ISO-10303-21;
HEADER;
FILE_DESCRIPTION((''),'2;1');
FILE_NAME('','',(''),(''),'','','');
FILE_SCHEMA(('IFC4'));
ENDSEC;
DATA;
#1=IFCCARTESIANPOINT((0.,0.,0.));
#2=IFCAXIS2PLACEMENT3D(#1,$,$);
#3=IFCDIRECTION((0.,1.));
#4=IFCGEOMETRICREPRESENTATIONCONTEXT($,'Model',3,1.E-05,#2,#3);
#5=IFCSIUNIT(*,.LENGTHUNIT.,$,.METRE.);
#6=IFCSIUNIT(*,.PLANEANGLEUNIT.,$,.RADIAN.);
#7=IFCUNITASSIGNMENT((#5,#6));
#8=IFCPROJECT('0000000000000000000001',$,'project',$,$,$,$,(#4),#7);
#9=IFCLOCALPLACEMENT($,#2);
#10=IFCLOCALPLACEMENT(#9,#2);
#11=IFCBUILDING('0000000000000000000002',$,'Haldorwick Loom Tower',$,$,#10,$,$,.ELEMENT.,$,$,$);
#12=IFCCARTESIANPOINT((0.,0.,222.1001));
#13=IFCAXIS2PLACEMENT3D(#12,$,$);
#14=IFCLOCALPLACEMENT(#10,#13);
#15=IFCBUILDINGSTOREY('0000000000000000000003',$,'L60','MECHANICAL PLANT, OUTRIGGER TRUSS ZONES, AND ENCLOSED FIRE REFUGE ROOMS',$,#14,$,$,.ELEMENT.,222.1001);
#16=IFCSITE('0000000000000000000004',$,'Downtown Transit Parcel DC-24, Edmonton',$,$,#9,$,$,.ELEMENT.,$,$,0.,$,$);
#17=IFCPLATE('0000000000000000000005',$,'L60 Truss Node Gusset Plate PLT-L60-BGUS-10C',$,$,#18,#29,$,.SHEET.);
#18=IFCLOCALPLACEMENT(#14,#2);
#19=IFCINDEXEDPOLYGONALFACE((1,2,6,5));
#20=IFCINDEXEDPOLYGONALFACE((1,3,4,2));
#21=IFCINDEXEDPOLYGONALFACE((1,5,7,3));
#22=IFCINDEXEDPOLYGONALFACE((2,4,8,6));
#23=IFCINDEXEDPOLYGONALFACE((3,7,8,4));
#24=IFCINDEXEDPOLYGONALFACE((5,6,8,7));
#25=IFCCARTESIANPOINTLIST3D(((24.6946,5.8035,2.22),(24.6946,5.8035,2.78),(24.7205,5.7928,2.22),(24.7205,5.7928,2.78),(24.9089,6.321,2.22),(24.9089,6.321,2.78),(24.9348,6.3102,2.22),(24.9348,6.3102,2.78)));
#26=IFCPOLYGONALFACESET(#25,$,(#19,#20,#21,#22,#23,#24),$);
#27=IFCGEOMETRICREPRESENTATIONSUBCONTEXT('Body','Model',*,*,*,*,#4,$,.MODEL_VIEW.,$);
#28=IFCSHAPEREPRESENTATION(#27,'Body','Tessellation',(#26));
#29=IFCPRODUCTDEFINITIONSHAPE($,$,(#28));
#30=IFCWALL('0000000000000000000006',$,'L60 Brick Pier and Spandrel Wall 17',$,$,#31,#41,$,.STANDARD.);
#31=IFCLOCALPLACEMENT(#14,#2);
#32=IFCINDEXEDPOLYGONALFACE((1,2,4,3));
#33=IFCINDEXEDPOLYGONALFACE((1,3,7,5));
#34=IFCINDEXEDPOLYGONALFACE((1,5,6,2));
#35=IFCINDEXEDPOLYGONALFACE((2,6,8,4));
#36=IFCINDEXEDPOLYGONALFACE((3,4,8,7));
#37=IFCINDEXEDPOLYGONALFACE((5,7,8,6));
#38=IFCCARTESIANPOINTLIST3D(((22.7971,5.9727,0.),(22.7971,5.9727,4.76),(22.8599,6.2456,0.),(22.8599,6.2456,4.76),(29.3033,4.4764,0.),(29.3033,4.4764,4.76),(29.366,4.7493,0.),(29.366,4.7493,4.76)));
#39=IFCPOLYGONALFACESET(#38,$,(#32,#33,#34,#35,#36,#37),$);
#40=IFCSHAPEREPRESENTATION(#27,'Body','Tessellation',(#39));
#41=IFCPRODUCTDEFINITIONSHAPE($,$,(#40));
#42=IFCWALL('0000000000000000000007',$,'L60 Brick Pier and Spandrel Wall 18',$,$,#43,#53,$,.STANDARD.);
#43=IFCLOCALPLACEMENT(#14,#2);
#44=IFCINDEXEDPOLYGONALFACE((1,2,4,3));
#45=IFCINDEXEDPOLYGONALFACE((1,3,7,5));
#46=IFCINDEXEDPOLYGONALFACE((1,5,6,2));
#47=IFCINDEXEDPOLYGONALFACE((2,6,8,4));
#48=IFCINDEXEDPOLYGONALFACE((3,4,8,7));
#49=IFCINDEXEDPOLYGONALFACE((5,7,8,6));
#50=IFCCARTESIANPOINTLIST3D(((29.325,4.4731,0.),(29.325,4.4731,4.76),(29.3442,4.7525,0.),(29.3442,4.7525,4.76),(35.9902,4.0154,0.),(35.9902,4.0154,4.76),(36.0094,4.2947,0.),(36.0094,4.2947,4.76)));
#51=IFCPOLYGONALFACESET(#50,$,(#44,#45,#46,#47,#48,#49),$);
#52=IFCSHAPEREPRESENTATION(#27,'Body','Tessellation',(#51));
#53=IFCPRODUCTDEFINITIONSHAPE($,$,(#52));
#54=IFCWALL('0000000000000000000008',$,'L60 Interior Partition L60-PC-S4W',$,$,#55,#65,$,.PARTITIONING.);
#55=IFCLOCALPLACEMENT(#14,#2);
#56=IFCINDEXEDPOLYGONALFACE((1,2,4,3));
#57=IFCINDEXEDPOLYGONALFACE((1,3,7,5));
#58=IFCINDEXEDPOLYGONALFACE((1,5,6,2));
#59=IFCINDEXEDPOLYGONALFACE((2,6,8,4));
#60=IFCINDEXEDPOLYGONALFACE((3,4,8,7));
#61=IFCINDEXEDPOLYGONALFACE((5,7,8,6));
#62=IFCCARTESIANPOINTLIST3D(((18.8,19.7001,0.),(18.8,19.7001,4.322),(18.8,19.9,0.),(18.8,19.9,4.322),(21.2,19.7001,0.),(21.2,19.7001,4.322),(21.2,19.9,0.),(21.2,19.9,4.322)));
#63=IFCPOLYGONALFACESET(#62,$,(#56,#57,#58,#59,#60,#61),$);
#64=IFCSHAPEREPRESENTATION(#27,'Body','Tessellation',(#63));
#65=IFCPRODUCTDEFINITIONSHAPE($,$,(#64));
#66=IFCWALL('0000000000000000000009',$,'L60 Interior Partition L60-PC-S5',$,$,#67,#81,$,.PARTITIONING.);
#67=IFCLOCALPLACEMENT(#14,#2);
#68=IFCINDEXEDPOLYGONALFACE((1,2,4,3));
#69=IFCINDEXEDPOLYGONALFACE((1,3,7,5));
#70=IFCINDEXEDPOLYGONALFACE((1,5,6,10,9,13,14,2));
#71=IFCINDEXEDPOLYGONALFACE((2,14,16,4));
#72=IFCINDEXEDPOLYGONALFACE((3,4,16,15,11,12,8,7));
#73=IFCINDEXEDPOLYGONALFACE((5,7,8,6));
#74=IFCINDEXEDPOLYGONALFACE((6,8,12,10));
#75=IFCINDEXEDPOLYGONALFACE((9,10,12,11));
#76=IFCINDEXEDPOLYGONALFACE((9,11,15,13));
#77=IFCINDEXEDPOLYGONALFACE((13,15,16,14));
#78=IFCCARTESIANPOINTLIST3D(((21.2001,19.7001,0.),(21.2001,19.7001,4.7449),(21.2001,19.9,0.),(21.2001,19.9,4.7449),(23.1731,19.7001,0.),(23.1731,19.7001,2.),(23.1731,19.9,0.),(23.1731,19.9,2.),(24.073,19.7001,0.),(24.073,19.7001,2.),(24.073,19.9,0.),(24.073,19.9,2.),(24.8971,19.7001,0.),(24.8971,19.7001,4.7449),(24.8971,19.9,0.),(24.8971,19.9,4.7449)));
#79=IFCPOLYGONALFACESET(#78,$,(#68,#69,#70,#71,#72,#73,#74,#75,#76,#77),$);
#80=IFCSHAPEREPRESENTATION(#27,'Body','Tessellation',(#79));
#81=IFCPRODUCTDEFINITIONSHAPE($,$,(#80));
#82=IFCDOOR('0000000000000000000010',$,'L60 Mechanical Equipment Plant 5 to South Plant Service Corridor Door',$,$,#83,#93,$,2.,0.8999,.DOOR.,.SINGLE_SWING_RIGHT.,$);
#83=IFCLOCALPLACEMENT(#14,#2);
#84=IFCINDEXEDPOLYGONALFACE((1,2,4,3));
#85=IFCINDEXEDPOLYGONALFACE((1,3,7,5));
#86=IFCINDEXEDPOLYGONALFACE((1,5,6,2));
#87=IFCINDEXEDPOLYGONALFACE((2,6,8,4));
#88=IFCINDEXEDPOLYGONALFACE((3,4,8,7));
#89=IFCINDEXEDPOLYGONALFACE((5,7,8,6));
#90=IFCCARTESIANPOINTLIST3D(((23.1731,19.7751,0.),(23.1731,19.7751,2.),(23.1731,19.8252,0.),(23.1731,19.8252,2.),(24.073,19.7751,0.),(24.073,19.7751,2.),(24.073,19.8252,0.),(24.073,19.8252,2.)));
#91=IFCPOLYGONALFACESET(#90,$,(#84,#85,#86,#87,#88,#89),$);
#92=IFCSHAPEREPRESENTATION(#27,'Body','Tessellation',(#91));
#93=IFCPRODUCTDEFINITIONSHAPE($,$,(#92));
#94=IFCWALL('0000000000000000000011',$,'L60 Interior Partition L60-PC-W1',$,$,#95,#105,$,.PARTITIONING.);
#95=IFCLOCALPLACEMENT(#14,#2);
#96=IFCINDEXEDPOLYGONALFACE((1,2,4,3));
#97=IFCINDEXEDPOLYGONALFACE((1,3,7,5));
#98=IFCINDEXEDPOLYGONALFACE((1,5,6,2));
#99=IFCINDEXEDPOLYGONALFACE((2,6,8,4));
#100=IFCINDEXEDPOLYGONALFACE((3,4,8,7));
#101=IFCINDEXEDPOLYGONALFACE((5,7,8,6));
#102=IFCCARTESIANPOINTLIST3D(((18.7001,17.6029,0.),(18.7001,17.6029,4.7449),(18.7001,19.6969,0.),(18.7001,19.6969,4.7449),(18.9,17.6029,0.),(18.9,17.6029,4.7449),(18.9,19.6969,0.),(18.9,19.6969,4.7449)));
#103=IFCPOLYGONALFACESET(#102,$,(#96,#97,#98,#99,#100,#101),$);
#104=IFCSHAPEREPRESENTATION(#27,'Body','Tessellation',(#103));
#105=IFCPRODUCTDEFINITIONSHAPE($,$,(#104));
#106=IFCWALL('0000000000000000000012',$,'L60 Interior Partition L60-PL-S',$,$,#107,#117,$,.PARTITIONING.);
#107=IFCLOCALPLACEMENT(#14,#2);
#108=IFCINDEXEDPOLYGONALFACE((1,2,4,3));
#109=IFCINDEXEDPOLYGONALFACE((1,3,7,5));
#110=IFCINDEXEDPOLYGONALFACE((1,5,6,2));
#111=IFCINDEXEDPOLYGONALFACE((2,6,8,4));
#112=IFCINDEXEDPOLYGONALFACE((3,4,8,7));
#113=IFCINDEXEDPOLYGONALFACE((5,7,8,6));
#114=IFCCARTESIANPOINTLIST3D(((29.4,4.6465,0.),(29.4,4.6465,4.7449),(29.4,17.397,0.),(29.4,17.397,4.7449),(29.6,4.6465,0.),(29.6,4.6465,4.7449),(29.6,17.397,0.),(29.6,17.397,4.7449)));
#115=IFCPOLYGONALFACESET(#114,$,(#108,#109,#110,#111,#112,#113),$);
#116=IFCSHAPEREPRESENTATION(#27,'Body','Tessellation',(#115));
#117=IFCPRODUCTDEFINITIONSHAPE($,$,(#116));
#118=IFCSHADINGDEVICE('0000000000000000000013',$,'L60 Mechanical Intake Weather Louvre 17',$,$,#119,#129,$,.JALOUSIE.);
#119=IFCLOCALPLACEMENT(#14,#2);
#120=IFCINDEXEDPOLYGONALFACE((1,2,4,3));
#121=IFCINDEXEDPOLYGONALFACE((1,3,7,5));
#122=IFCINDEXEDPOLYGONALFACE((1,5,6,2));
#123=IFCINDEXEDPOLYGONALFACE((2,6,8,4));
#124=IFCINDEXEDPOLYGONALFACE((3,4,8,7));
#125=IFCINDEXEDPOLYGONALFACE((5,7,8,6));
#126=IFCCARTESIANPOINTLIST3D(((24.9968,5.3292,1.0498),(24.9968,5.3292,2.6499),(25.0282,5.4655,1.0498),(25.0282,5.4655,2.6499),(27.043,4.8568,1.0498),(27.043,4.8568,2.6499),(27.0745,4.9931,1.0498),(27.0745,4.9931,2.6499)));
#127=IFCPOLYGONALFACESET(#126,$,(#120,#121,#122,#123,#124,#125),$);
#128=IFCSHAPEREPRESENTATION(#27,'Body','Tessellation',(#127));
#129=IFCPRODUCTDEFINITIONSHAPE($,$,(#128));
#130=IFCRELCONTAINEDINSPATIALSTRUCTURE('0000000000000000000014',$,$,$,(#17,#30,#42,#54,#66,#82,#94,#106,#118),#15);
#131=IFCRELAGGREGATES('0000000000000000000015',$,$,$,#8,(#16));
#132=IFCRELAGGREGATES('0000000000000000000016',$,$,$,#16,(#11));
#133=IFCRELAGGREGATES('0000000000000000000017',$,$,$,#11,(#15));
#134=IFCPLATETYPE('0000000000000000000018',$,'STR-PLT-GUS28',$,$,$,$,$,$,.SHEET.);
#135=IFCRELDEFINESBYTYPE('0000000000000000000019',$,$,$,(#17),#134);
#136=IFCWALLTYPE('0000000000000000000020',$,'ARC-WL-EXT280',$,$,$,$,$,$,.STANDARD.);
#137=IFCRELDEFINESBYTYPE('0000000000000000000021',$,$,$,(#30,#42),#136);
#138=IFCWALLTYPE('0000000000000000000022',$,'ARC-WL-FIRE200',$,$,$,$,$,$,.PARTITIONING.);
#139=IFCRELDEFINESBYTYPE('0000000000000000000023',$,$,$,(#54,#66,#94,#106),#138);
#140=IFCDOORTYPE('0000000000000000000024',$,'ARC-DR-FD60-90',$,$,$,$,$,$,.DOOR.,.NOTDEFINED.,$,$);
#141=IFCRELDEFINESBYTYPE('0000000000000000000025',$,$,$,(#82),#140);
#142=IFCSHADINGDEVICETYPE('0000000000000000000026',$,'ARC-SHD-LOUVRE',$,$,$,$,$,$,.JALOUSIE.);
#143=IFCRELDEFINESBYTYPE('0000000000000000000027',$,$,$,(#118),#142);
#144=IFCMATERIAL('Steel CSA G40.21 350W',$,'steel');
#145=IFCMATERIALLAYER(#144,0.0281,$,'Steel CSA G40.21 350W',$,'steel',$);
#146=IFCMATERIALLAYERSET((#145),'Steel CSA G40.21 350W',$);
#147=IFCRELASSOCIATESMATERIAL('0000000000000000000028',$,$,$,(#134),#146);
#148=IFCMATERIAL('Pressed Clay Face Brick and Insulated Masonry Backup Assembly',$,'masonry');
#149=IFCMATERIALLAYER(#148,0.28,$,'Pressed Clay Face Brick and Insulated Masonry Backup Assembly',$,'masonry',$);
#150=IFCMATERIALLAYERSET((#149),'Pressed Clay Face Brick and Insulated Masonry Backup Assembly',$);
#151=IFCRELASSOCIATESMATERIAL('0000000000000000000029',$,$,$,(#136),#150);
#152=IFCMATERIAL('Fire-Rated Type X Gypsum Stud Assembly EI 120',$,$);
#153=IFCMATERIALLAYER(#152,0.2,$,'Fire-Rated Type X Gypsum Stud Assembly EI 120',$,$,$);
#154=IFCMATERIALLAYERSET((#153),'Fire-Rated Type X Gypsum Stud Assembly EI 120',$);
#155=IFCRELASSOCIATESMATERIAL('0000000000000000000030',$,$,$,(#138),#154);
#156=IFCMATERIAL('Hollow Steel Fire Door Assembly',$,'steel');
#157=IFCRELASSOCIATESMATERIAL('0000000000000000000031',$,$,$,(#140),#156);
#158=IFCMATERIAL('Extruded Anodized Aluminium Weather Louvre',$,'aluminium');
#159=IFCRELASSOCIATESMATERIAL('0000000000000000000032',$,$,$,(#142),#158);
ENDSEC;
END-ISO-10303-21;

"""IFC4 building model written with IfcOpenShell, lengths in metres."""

from ifc_helpers import new_model, si_unit, direction, frame, frame_2d, origin, origin_2d, place, context, subcontext, project, spatial, rectangle, extrude, material, layer, layer_set, type_object, element, fill, save


model = new_model("IFC4")

# Units and contexts
model_context = context("Model", 3, precision=1e-05, world=origin(), true_north=direction((0.0, 1.0)))
body_context = subcontext(model_context, "Body", "Model", "MODEL_VIEW")
ifc_project = project(units=[si_unit("LENGTHUNIT", "METRE"), si_unit("PLANEANGLEUNIT", "RADIAN")], contexts=[model_context])

# Site, building, storey
site_placement = place(None, origin())
site = spatial("IfcSite", under=ifc_project, at=site_placement, Name="Downtown Transit Parcel DC-24, Edmonton", CompositionType="ELEMENT", RefElevation=0.0)
building_placement = place(site_placement, origin())
building = spatial("IfcBuilding", under=site, at=building_placement, Name="Haldorwick Loom Tower", CompositionType="ELEMENT")
storey_placement = place(building_placement, frame((0.0, 0.0, 222.1001)))
storey = spatial("IfcBuildingStorey", under=building, at=storey_placement, Name="L60", Description="MECHANICAL PLANT, OUTRIGGER TRUSS ZONES, AND ENCLOSED FIRE REFUGE ROOMS", CompositionType="ELEMENT", Elevation=222.1001)

# Shared definitions
ifc_material_1 = material(Name="Steel CSA G40.21 350W", Category="steel")

# Plate
ifc_layer_1 = layer(ifc_material_1, 0.0281, Name="Steel CSA G40.21 350W", Category="steel")
ifc_layer_set_1 = layer_set([ifc_layer_1], Name="Steel CSA G40.21 350W")
plate_type = type_object("IfcPlateType", Name="STR-PLT-GUS28", PredefinedType="SHEET", material=ifc_layer_set_1)
for number, where, z_axis, x_axis, name in (
    (1, (24.8147, 6.0569, 2.22), (0.0, 0.0, 1.0), (-0.382683, -0.92388, 0.0), "L60 Truss Node Gusset Plate PLT-L60-BGUS-10C"),
):
    element("IfcPlate", number, at=place(storey_placement, frame(where, z_axis=z_axis, x_axis=x_axis)), inside=storey, type_object=plate_type, Name=name, PredefinedType="SHEET", context=body_context, shape_type="SweptSolid", body=[
        extrude(rectangle(XDim=0.5601, YDim=0.0281, at=origin_2d()), origin(), (0.0, 0.0, 1.0), 0.5601),
    ])

# Walls
ifc_material_2 = material(Name="Pressed Clay Face Brick and Insulated Masonry Backup Assembly", Category="masonry")
ifc_layer_2 = layer(ifc_material_2, 0.28, Name="Pressed Clay Face Brick and Insulated Masonry Backup Assembly", Category="masonry")
ifc_layer_set_2 = layer_set([ifc_layer_2], Name="Pressed Clay Face Brick and Insulated Masonry Backup Assembly")
wall_type_1 = type_object("IfcWallType", Name="ARC-WL-EXT280", PredefinedType="STANDARD", material=ifc_layer_set_2)
wall_1_placement = place(storey_placement, frame((22.8286, 6.1091, 0.0), z_axis=(0.0, 0.0, 1.0), x_axis=(0.974557, -0.224138, 0.0)))
element("IfcWall", 2, at=wall_1_placement, inside=storey, type_object=wall_type_1, Name="L60 Brick Pier and Spandrel Wall 17", PredefinedType="STANDARD", context=body_context, shape_type="SweptSolid", body=[
    extrude(rectangle(XDim=6.676, YDim=0.28, at=frame_2d((3.3379, 0.0))), origin(), (0.0, 0.0, 1.0), 4.76),
])
wall_2_placement = place(storey_placement, frame((29.3347, 4.6128, 0.0), z_axis=(0.0, 0.0, 1.0), x_axis=(0.99765, -0.068517, 0.0)))
element("IfcWall", 3, at=wall_2_placement, inside=storey, type_object=wall_type_1, Name="L60 Brick Pier and Spandrel Wall 18", PredefinedType="STANDARD", context=body_context, shape_type="SweptSolid", body=[
    extrude(rectangle(XDim=6.6809, YDim=0.28, at=frame_2d((3.3403, 0.0))), origin(), (0.0, 0.0, 1.0), 4.76),
])
ifc_material_3 = material(Name="Fire-Rated Type X Gypsum Stud Assembly EI 120")
ifc_layer_3 = layer(ifc_material_3, 0.2, Name="Fire-Rated Type X Gypsum Stud Assembly EI 120")
ifc_layer_set_3 = layer_set([ifc_layer_3], Name="Fire-Rated Type X Gypsum Stud Assembly EI 120")
wall_type_2 = type_object("IfcWallType", Name="ARC-WL-FIRE200", PredefinedType="PARTITIONING", material=ifc_layer_set_3)
wall_3_placement = place(storey_placement, frame((18.8, 19.8, 0.0), z_axis=(0.0, 0.0, 1.0), x_axis=(1.0, 0.0, 0.0)))
element("IfcWall", 4, at=wall_3_placement, inside=storey, type_object=wall_type_2, Name="L60 Interior Partition L60-PC-S4W", PredefinedType="PARTITIONING", context=body_context, shape_type="SweptSolid", body=[
    extrude(rectangle(XDim=2.3999, YDim=0.2, at=frame_2d((1.2, 0.0))), origin(), (0.0, 0.0, 1.0), 4.322),
])

# Wall, opening, door
wall_4_placement = place(storey_placement, frame((21.2, 19.8, 0.0), z_axis=(0.0, 0.0, 1.0), x_axis=(1.0, 0.0, 0.0)))
wall_4 = element("IfcWall", 5, at=wall_4_placement, inside=storey, type_object=wall_type_2, Name="L60 Interior Partition L60-PC-S5", PredefinedType="PARTITIONING", context=body_context, shape_type="SweptSolid", body=[
    extrude(rectangle(XDim=3.697, YDim=0.2, at=frame_2d((1.8486, 0.0))), origin(), (0.0, 0.0, 1.0), 4.7449),
])
opening_placement = place(wall_4_placement, frame((1.9731, 0.0, 0.0)))
opening = element("IfcOpeningElement", 6, at=opening_placement, cuts=wall_4, PredefinedType="OPENING", context=body_context, shape_type="SweptSolid", body=[
    extrude(rectangle(XDim=0.8999, YDim=2.0, at=frame_2d((0.45, 1.0))), frame((0.0, 0.1099, 0.0), z_axis=(0.0, -1.0, 0.0), x_axis=(1.0, 0.0, 0.0)), (0.0, 0.0, 1.0), 0.22),
])
ifc_material_4 = material(Name="Hollow Steel Fire Door Assembly", Category="steel")
door_type = type_object("IfcDoorType", Name="ARC-DR-FD60-90", OperationType="NOTDEFINED", PredefinedType="DOOR", material=ifc_material_4)
door_placement = place(opening_placement, frame((0.8999, 0.0, 0.0), z_axis=(0.0, 0.0, 1.0), x_axis=(-1.0, 0.0, 0.0)))
door = element("IfcDoor", 7, at=door_placement, inside=storey, type_object=door_type, Name="L60 Mechanical Equipment Plant 5 to South Plant Service Corridor Door", OperationType="SINGLE_SWING_RIGHT", OverallHeight=2.0, OverallWidth=0.8999, PredefinedType="DOOR", context=body_context, shape_type="SweptSolid", body=[
    extrude(rectangle(XDim=0.8999, YDim=2.0, at=frame_2d((0.45, 1.0))), frame((0.0, 0.0249, 0.0), z_axis=(0.0, -1.0, 0.0), x_axis=(1.0, 0.0, 0.0)), (0.0, 0.0, 1.0), 0.05),
])
fill(opening, door)

# Walls
wall_5_placement = place(storey_placement, frame((18.8, 17.603, 0.0), z_axis=(0.0, 0.0, 1.0), x_axis=(0.0, 1.0, 0.0)))
element("IfcWall", 8, at=wall_5_placement, inside=storey, type_object=wall_type_2, Name="L60 Interior Partition L60-PC-W1", PredefinedType="PARTITIONING", context=body_context, shape_type="SweptSolid", body=[
    extrude(rectangle(XDim=2.094, YDim=0.2, at=frame_2d((1.0469, 0.0))), origin(), (0.0, 0.0, 1.0), 4.7449),
])
wall_6_placement = place(storey_placement, frame((29.5, 4.6465, 0.0), z_axis=(0.0, 0.0, 1.0), x_axis=(0.0, 1.0, 0.0)))
element("IfcWall", 9, at=wall_6_placement, inside=storey, type_object=wall_type_2, Name="L60 Interior Partition L60-PL-S", PredefinedType="PARTITIONING", context=body_context, shape_type="SweptSolid", body=[
    extrude(rectangle(XDim=12.7505, YDim=0.2, at=frame_2d((6.3752, 0.0))), origin(), (0.0, 0.0, 1.0), 4.7449),
])

# Shading device
ifc_material_5 = material(Name="Extruded Anodized Aluminium Weather Louvre", Category="aluminium")
shading_device_type = type_object("IfcShadingDeviceType", Name="ARC-SHD-LOUVRE", PredefinedType="JALOUSIE", material=ifc_material_5)
shading_device_placement = place(storey_placement, frame((26.0356, 5.1611, 1.0498), z_axis=(0.0, 0.0, 1.0), x_axis=(0.97437, -0.224951, 0.0)))
element("IfcShadingDevice", 10, at=shading_device_placement, inside=storey, type_object=shading_device_type, Name="L60 Mechanical Intake Weather Louvre 17", PredefinedType="JALOUSIE", context=body_context, shape_type="SweptSolid", body=[
    extrude(rectangle(XDim=2.1001, YDim=0.1399, at=origin_2d()), origin(), (0.0, 0.0, 1.0), 1.6001),
])

save(model, "model.ifc")
